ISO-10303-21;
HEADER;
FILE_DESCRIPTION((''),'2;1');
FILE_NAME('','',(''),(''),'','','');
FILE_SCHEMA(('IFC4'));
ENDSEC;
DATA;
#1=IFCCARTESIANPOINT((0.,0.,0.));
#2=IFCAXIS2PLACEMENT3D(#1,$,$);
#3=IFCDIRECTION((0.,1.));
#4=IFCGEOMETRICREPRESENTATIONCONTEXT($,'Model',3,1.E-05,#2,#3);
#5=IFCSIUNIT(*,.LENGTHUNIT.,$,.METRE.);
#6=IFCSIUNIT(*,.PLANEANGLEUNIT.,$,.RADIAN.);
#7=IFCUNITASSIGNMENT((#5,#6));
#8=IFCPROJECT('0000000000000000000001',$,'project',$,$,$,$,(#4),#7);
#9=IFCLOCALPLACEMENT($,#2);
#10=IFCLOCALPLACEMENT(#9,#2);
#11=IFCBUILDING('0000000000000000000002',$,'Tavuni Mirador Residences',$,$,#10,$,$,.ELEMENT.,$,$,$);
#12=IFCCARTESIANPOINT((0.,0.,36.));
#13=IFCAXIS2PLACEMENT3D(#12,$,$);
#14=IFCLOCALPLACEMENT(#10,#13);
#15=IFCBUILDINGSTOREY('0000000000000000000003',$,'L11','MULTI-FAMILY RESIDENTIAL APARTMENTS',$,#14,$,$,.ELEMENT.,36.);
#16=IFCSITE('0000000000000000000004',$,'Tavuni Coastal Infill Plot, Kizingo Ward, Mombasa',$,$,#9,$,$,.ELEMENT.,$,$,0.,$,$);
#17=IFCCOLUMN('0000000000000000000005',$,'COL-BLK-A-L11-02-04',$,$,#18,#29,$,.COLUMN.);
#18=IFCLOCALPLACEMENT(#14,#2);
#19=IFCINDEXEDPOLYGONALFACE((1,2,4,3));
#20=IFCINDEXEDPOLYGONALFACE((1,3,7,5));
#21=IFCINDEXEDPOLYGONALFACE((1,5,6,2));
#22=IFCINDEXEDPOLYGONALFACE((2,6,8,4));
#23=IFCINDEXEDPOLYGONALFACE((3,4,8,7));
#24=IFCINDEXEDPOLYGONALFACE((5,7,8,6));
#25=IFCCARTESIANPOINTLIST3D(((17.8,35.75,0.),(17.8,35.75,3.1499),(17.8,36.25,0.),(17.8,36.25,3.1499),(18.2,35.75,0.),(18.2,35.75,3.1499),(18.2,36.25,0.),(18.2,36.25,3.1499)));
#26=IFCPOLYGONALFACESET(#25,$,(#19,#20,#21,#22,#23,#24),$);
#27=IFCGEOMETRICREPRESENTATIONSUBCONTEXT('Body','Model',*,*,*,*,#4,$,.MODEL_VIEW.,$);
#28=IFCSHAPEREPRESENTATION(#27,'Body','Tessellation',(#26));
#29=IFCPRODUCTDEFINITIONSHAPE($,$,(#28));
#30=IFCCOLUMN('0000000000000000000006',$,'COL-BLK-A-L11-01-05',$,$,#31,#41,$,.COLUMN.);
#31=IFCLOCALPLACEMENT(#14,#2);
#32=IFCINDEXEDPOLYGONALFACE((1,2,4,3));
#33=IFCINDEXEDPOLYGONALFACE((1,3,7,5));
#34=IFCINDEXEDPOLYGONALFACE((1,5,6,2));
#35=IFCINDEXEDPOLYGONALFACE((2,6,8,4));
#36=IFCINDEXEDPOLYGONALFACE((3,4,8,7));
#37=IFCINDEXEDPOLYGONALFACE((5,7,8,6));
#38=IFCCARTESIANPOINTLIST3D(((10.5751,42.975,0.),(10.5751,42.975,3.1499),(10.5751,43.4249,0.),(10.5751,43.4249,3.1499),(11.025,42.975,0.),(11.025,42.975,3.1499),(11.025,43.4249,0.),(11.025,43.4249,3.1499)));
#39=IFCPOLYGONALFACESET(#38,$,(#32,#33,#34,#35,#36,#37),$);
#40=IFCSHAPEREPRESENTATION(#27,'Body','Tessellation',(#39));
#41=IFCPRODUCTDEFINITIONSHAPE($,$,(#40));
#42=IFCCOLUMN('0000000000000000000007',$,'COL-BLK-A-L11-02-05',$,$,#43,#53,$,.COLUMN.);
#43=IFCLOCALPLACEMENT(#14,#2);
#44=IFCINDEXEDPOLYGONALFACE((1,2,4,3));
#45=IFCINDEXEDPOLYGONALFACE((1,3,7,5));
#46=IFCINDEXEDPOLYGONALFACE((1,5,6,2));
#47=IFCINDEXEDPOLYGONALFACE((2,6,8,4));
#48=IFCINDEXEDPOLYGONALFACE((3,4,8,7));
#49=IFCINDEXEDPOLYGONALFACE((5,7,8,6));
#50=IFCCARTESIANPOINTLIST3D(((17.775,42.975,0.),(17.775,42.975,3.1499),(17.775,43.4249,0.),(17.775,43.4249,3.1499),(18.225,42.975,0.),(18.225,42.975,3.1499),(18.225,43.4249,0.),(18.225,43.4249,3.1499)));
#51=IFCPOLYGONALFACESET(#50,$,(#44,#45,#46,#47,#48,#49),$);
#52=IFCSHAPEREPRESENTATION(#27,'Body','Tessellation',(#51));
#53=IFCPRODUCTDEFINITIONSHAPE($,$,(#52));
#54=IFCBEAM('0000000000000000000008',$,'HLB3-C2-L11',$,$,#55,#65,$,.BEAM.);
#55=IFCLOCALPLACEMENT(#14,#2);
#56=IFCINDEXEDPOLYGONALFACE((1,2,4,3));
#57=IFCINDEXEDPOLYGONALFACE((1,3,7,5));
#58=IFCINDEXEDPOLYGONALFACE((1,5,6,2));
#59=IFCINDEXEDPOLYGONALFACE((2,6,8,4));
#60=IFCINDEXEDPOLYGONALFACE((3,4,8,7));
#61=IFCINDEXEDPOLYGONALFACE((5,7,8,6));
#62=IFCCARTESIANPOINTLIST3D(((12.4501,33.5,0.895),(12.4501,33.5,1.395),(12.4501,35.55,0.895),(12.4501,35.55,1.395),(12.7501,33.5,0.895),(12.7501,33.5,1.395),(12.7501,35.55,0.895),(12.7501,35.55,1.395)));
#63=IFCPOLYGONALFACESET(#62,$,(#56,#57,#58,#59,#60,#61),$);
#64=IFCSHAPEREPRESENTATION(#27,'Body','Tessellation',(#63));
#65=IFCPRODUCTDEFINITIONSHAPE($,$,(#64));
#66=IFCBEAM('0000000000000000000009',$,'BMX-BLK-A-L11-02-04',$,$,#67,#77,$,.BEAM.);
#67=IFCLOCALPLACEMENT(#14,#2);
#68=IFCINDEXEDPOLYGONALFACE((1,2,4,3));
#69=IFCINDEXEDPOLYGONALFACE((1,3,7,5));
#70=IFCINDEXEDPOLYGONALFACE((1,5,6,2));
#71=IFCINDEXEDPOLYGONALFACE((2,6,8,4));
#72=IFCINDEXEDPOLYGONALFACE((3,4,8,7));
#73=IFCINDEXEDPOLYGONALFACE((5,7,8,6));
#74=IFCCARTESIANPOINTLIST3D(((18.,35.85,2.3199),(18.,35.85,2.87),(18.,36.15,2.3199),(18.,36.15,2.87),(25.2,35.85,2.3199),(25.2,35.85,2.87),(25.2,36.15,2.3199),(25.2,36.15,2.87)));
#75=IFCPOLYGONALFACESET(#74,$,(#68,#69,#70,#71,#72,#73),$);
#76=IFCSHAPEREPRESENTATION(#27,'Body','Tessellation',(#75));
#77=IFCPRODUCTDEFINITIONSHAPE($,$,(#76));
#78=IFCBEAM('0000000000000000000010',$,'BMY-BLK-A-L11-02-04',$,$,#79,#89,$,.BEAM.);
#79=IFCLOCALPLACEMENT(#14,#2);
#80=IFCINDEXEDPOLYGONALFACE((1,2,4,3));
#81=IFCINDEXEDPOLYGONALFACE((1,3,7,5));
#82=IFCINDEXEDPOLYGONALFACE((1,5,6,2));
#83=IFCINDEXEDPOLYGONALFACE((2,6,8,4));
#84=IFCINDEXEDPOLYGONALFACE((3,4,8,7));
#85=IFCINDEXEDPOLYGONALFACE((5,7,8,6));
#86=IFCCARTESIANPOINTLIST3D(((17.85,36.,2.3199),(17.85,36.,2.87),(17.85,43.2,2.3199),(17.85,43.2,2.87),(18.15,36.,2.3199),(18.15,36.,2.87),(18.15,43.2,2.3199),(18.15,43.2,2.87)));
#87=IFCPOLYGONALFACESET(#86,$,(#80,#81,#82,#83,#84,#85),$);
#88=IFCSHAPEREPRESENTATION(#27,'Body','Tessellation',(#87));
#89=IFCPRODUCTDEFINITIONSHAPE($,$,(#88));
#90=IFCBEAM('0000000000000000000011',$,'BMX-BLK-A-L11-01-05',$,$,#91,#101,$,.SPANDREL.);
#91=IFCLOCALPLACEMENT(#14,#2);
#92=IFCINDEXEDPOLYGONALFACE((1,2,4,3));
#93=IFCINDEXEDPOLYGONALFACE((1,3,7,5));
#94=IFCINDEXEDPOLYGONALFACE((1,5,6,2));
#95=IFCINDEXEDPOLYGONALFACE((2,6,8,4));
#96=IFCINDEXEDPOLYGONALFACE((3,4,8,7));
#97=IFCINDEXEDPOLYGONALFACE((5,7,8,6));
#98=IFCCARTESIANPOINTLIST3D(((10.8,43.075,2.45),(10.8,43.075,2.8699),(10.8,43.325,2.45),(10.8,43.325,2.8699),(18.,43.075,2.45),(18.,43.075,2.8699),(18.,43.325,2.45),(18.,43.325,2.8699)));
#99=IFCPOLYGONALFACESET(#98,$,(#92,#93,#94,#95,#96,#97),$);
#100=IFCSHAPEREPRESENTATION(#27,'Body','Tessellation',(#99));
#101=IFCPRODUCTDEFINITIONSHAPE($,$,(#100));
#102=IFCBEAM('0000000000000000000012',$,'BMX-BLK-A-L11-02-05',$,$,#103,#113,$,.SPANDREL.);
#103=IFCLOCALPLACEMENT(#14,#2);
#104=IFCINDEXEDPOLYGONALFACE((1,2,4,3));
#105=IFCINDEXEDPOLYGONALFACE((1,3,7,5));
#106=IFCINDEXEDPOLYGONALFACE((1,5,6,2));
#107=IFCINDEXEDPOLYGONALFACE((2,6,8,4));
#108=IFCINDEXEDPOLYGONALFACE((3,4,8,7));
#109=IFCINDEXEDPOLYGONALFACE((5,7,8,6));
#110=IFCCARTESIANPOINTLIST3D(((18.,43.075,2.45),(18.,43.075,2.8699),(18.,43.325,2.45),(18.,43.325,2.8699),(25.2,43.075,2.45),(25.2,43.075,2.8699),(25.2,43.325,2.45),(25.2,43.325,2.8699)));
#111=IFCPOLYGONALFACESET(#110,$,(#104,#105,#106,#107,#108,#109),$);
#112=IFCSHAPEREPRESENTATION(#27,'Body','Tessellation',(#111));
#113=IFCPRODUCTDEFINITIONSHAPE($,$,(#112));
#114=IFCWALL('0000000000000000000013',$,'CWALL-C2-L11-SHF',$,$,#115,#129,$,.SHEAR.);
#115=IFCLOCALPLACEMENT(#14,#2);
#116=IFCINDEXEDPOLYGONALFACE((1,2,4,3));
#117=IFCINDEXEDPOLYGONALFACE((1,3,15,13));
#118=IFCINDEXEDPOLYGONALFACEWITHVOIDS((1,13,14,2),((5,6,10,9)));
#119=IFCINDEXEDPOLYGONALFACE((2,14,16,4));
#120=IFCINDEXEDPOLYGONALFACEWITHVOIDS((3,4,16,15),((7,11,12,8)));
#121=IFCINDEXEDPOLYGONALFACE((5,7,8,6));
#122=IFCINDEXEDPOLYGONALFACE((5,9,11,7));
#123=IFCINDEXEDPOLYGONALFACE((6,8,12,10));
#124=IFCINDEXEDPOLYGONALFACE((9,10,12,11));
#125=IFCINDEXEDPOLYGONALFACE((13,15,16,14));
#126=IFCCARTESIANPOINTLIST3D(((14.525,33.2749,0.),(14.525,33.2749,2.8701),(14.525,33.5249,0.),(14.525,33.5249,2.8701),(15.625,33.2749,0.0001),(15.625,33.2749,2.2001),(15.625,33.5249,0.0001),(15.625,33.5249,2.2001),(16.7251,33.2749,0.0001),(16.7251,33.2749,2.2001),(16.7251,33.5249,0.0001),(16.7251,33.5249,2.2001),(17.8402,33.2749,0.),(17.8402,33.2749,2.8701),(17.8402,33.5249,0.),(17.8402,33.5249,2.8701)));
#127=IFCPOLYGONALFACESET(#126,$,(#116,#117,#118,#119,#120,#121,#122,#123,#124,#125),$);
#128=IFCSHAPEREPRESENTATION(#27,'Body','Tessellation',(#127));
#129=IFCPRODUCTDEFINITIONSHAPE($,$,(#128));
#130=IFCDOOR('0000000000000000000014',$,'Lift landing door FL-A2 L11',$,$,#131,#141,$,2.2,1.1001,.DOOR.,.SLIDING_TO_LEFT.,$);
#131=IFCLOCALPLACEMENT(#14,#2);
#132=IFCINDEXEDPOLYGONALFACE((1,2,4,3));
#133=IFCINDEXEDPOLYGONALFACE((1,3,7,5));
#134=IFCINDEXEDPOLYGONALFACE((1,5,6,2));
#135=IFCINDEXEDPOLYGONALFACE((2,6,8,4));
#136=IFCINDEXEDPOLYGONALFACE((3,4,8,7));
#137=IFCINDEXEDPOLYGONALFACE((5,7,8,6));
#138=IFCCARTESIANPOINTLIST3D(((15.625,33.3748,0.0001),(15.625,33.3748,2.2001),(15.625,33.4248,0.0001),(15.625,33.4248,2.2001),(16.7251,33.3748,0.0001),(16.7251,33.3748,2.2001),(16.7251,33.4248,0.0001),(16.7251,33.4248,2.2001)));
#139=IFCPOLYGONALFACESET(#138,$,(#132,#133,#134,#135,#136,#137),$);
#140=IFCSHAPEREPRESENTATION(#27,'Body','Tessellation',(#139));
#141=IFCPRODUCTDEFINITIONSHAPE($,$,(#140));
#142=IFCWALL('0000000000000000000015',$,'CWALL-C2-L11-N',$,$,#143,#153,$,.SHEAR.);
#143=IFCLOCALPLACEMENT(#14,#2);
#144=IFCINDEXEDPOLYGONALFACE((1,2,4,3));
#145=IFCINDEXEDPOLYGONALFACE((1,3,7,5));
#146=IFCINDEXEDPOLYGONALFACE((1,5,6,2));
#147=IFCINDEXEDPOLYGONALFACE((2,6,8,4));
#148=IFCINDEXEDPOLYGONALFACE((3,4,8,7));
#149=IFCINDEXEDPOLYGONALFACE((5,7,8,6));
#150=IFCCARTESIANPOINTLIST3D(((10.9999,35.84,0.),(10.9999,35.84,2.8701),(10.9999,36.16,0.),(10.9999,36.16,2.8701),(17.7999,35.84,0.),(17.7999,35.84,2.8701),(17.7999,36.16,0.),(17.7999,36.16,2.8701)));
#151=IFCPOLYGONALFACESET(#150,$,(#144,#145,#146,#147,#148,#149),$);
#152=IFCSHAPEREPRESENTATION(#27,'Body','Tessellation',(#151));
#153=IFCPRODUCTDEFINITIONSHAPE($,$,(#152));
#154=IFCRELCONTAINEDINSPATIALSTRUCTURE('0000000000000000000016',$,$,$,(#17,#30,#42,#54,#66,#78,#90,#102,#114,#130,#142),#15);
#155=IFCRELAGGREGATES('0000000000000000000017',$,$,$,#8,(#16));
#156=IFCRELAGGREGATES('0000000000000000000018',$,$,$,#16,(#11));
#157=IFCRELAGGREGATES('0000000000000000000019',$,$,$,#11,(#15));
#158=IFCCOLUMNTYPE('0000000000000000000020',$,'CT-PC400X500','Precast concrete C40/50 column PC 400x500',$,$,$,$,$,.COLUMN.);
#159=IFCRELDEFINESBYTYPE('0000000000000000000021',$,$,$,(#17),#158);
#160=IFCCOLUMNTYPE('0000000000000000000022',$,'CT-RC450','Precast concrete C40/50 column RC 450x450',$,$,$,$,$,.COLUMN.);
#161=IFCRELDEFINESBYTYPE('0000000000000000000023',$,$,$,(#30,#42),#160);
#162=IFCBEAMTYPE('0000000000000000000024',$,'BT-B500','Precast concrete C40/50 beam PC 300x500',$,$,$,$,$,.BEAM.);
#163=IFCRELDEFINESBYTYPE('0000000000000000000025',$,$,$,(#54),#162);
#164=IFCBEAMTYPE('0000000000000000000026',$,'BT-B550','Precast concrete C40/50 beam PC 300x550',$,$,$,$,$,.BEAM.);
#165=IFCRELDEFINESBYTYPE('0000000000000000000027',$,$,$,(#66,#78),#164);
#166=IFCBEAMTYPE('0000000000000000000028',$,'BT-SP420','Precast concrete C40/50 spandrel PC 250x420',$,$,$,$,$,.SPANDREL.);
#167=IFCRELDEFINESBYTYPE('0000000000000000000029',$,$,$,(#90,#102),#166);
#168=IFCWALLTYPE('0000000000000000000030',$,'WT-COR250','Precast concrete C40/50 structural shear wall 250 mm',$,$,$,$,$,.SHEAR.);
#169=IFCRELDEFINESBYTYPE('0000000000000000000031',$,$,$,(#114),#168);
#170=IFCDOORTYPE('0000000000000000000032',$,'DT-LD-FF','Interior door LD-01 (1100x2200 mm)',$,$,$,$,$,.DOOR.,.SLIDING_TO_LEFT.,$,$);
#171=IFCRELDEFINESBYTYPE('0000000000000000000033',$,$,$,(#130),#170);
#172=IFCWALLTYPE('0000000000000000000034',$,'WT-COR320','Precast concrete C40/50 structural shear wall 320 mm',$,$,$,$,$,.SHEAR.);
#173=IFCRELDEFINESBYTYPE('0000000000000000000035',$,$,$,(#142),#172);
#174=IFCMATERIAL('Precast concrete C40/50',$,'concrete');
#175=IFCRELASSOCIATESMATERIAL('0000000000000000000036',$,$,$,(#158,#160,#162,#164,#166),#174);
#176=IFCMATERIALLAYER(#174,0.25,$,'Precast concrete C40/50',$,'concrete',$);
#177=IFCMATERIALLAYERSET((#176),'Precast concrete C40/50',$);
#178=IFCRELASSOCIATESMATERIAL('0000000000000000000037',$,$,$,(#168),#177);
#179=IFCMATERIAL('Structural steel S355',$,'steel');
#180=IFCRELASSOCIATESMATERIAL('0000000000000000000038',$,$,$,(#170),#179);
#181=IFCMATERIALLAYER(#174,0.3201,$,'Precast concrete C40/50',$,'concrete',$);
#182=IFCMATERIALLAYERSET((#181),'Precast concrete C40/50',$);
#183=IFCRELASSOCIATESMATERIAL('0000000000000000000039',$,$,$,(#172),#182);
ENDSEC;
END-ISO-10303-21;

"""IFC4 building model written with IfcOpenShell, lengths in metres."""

from ifc_helpers import new_model, si_unit, direction, frame, frame_2d, origin, origin_2d, place, context, subcontext, project, spatial, rectangle, extrude, material, layer, layer_set, material_profile, profile_set, type_object, element, fill, save


model = new_model("IFC4")

# Units and contexts
model_context = context("Model", 3, precision=1e-05, world=origin(), true_north=direction((0.0, 1.0)))
body_context = subcontext(model_context, "Body", "Model", "MODEL_VIEW")
ifc_project = project(units=[si_unit("LENGTHUNIT", "METRE"), si_unit("PLANEANGLEUNIT", "RADIAN")], contexts=[model_context])

# Site, building, storey
site_placement = place(None, origin())
site = spatial("IfcSite", under=ifc_project, at=site_placement, Name="Tavuni Coastal Infill Plot, Kizingo Ward, Mombasa", CompositionType="ELEMENT", RefElevation=0.0)
building_placement = place(site_placement, origin())
building = spatial("IfcBuilding", under=site, at=building_placement, Name="Tavuni Mirador Residences", CompositionType="ELEMENT")
storey_placement = place(building_placement, frame((0.0, 0.0, 36.0)))
storey = spatial("IfcBuildingStorey", under=building, at=storey_placement, Name="L11", Description="MULTI-FAMILY RESIDENTIAL APARTMENTS", CompositionType="ELEMENT", Elevation=36.0)

# Columns
ifc_material_1 = material(Name="Precast concrete C40/50", Category="concrete")
ifc_material_profile_1 = material_profile(ifc_material_1, rectangle(XDim=0.3999, YDim=0.5, at=origin_2d()), Name="PC 400x500", Category="concrete")
ifc_profile_set_1 = profile_set([ifc_material_profile_1], Name="Precast concrete C40/50")
column_type_1 = type_object("IfcColumnType", Name="CT-PC400X500", Description="Precast concrete C40/50 column PC 400x500", PredefinedType="COLUMN", material=ifc_profile_set_1)
column_placement = place(storey_placement, frame((18.0, 36.0, 0.0), z_axis=(0.0, 0.0, 1.0), x_axis=(1.0, 0.0, 0.0)))
element("IfcColumn", 1, at=column_placement, inside=storey, type_object=column_type_1, Name="COL-BLK-A-L11-02-04", PredefinedType="COLUMN", context=body_context, shape_type="SweptSolid", body=[
    extrude(rectangle(XDim=0.3999, YDim=0.5, at=origin_2d()), origin(), (0.0, 0.0, 1.0), 3.1499),
])
ifc_material_profile_2 = material_profile(ifc_material_1, rectangle(XDim=0.45, YDim=0.45, at=origin_2d()), Name="RC 450x450", Category="concrete")
ifc_profile_set_2 = profile_set([ifc_material_profile_2], Name="Precast concrete C40/50")
column_type_2 = type_object("IfcColumnType", Name="CT-RC450", Description="Precast concrete C40/50 column RC 450x450", PredefinedType="COLUMN", material=ifc_profile_set_2)
for number, where, z_axis, x_axis, name in (
    (2, (10.8, 43.2, 0.0), (0.0, 0.0, 1.0), (1.0, 0.0, 0.0), "COL-BLK-A-L11-01-05"),
    (3, (18.0, 43.2, 0.0), (0.0, 0.0, 1.0), (1.0, 0.0, 0.0), "COL-BLK-A-L11-02-05"),
):
    element("IfcColumn", number, at=place(storey_placement, frame(where, z_axis=z_axis, x_axis=x_axis)), inside=storey, type_object=column_type_2, Name=name, PredefinedType="COLUMN", context=body_context, shape_type="SweptSolid", body=[
        extrude(rectangle(XDim=0.45, YDim=0.45, at=origin_2d()), origin(), (0.0, 0.0, 1.0), 3.1499),
    ])

# Beams
ifc_material_profile_3 = material_profile(ifc_material_1, rectangle(XDim=0.3, YDim=0.5, at=origin_2d()), Name="PC 300x500", Category="concrete")
ifc_profile_set_3 = profile_set([ifc_material_profile_3], Name="Precast concrete C40/50")
beam_type_1 = type_object("IfcBeamType", Name="BT-B500", Description="Precast concrete C40/50 beam PC 300x500", PredefinedType="BEAM", material=ifc_profile_set_3)
beam_placement = place(storey_placement, frame((12.6001, 33.5, 1.145), z_axis=(0.0, 1.0, 0.0), x_axis=(-1.0, 0.0, 0.0)))
element("IfcBeam", 4, at=beam_placement, inside=storey, type_object=beam_type_1, Name="HLB3-C2-L11", PredefinedType="BEAM", context=body_context, shape_type="SweptSolid", body=[
    extrude(rectangle(XDim=0.3, YDim=0.5, at=origin_2d()), origin(), (0.0, 0.0, 1.0), 2.05),
])
ifc_material_profile_4 = material_profile(ifc_material_1, rectangle(XDim=0.3, YDim=0.55, at=origin_2d()), Name="PC 300x550", Category="concrete")
ifc_profile_set_4 = profile_set([ifc_material_profile_4], Name="Precast concrete C40/50")
beam_type_2 = type_object("IfcBeamType", Name="BT-B550", Description="Precast concrete C40/50 beam PC 300x550", PredefinedType="BEAM", material=ifc_profile_set_4)
for number, where, z_axis, x_axis, name in (
    (5, (18.0, 36.0, 2.595), (1.0, 0.0, 0.0), (0.0, 1.0, 0.0), "BMX-BLK-A-L11-02-04"),
    (6, (18.0, 36.0, 2.595), (0.0, 1.0, 0.0), (-1.0, 0.0, 0.0), "BMY-BLK-A-L11-02-04"),
):
    element("IfcBeam", number, at=place(storey_placement, frame(where, z_axis=z_axis, x_axis=x_axis)), inside=storey, type_object=beam_type_2, Name=name, PredefinedType="BEAM", context=body_context, shape_type="SweptSolid", body=[
        extrude(rectangle(XDim=0.3, YDim=0.55, at=origin_2d()), origin(), (0.0, 0.0, 1.0), 7.2),
    ])
ifc_material_profile_5 = material_profile(ifc_material_1, rectangle(XDim=0.25, YDim=0.4199, at=origin_2d()), Name="PC 250x420", Category="concrete")
ifc_profile_set_5 = profile_set([ifc_material_profile_5], Name="Precast concrete C40/50")
beam_type_3 = type_object("IfcBeamType", Name="BT-SP420", Description="Precast concrete C40/50 spandrel PC 250x420", PredefinedType="SPANDREL", material=ifc_profile_set_5)
for number, where, z_axis, x_axis, name in (
    (7, (10.8, 43.2, 2.6599), (1.0, 0.0, 0.0), (0.0, 1.0, 0.0), "BMX-BLK-A-L11-01-05"),
    (8, (18.0, 43.2, 2.6599), (1.0, 0.0, 0.0), (0.0, 1.0, 0.0), "BMX-BLK-A-L11-02-05"),
):
    element("IfcBeam", number, at=place(storey_placement, frame(where, z_axis=z_axis, x_axis=x_axis)), inside=storey, type_object=beam_type_3, Name=name, PredefinedType="SPANDREL", context=body_context, shape_type="SweptSolid", body=[
        extrude(rectangle(XDim=0.25, YDim=0.4199, at=origin_2d()), origin(), (0.0, 0.0, 1.0), 7.2),
    ])

# Wall, opening, door
ifc_layer_1 = layer(ifc_material_1, 0.25, Name="Precast concrete C40/50", Category="concrete")
ifc_layer_set_1 = layer_set([ifc_layer_1], Name="Precast concrete C40/50")
wall_type_1 = type_object("IfcWallType", Name="WT-COR250", Description="Precast concrete C40/50 structural shear wall 250 mm", PredefinedType="SHEAR", material=ifc_layer_set_1)
wall_1_placement = place(storey_placement, frame((14.5249, 33.3999, 0.0), z_axis=(0.0, 0.0, 1.0), x_axis=(1.0, 0.0, 0.0)))
wall_1 = element("IfcWall", 9, at=wall_1_placement, inside=storey, type_object=wall_type_1, Name="CWALL-C2-L11-SHF", PredefinedType="SHEAR", context=body_context, shape_type="SweptSolid", body=[
    extrude(rectangle(XDim=3.3152, YDim=0.25, at=frame_2d((1.6577, 0.0))), origin(), (0.0, 0.0, 1.0), 2.8701),
])
opening_1_placement = place(wall_1_placement, frame((1.1001, 0.0, 0.0)))
opening_1 = element("IfcOpeningElement", 10, at=opening_1_placement, cuts=wall_1, PredefinedType="OPENING", context=body_context, shape_type="SweptSolid", body=[
    extrude(rectangle(XDim=1.1001, YDim=2.2, at=frame_2d((0.55, 1.1001))), frame((0.0, 0.135, 0.0), z_axis=(0.0, -1.0, 0.0), x_axis=(1.0, 0.0, 0.0)), (0.0, 0.0, 1.0), 0.27),
])
ifc_material_2 = material(Name="Structural steel S355", Category="steel")
door_type_1 = type_object("IfcDoorType", Name="DT-LD-FF", Description="Interior door LD-01 (1100x2200 mm)", OperationType="SLIDING_TO_LEFT", PredefinedType="DOOR", material=ifc_material_2)
door_1_placement = place(opening_1_placement, origin())
door_1 = element("IfcDoor", 11, at=door_1_placement, inside=storey, type_object=door_type_1, Name="Lift landing door FL-A2 L11", OperationType="SLIDING_TO_LEFT", OverallHeight=2.2, OverallWidth=1.1001, PredefinedType="DOOR", context=body_context, shape_type="SweptSolid", body=[
    extrude(rectangle(XDim=1.1001, YDim=2.2, at=frame_2d((0.55, 1.1001))), frame((0.0, 0.0249, 0.0), z_axis=(0.0, -1.0, 0.0), x_axis=(1.0, 0.0, 0.0)), (0.0, 0.0, 1.0), 0.05),
])
fill(opening_1, door_1)

# Wall
ifc_layer_2 = layer(ifc_material_1, 0.3201, Name="Precast concrete C40/50", Category="concrete")
ifc_layer_set_2 = layer_set([ifc_layer_2], Name="Precast concrete C40/50")
wall_type_2 = type_object("IfcWallType", Name="WT-COR320", Description="Precast concrete C40/50 structural shear wall 320 mm", PredefinedType="SHEAR", material=ifc_layer_set_2)
wall_2_placement = place(storey_placement, frame((11.0, 36.0, 0.0), z_axis=(0.0, 0.0, 1.0), x_axis=(1.0, 0.0, 0.0)))
element("IfcWall", 12, at=wall_2_placement, inside=storey, type_object=wall_type_2, Name="CWALL-C2-L11-N", PredefinedType="SHEAR", context=body_context, shape_type="SweptSolid", body=[
    extrude(rectangle(XDim=6.8, YDim=0.3201, at=frame_2d((3.3999, 0.0))), origin(), (0.0, 0.0, 1.0), 2.8701),
])

save(model, "model.ifc")
